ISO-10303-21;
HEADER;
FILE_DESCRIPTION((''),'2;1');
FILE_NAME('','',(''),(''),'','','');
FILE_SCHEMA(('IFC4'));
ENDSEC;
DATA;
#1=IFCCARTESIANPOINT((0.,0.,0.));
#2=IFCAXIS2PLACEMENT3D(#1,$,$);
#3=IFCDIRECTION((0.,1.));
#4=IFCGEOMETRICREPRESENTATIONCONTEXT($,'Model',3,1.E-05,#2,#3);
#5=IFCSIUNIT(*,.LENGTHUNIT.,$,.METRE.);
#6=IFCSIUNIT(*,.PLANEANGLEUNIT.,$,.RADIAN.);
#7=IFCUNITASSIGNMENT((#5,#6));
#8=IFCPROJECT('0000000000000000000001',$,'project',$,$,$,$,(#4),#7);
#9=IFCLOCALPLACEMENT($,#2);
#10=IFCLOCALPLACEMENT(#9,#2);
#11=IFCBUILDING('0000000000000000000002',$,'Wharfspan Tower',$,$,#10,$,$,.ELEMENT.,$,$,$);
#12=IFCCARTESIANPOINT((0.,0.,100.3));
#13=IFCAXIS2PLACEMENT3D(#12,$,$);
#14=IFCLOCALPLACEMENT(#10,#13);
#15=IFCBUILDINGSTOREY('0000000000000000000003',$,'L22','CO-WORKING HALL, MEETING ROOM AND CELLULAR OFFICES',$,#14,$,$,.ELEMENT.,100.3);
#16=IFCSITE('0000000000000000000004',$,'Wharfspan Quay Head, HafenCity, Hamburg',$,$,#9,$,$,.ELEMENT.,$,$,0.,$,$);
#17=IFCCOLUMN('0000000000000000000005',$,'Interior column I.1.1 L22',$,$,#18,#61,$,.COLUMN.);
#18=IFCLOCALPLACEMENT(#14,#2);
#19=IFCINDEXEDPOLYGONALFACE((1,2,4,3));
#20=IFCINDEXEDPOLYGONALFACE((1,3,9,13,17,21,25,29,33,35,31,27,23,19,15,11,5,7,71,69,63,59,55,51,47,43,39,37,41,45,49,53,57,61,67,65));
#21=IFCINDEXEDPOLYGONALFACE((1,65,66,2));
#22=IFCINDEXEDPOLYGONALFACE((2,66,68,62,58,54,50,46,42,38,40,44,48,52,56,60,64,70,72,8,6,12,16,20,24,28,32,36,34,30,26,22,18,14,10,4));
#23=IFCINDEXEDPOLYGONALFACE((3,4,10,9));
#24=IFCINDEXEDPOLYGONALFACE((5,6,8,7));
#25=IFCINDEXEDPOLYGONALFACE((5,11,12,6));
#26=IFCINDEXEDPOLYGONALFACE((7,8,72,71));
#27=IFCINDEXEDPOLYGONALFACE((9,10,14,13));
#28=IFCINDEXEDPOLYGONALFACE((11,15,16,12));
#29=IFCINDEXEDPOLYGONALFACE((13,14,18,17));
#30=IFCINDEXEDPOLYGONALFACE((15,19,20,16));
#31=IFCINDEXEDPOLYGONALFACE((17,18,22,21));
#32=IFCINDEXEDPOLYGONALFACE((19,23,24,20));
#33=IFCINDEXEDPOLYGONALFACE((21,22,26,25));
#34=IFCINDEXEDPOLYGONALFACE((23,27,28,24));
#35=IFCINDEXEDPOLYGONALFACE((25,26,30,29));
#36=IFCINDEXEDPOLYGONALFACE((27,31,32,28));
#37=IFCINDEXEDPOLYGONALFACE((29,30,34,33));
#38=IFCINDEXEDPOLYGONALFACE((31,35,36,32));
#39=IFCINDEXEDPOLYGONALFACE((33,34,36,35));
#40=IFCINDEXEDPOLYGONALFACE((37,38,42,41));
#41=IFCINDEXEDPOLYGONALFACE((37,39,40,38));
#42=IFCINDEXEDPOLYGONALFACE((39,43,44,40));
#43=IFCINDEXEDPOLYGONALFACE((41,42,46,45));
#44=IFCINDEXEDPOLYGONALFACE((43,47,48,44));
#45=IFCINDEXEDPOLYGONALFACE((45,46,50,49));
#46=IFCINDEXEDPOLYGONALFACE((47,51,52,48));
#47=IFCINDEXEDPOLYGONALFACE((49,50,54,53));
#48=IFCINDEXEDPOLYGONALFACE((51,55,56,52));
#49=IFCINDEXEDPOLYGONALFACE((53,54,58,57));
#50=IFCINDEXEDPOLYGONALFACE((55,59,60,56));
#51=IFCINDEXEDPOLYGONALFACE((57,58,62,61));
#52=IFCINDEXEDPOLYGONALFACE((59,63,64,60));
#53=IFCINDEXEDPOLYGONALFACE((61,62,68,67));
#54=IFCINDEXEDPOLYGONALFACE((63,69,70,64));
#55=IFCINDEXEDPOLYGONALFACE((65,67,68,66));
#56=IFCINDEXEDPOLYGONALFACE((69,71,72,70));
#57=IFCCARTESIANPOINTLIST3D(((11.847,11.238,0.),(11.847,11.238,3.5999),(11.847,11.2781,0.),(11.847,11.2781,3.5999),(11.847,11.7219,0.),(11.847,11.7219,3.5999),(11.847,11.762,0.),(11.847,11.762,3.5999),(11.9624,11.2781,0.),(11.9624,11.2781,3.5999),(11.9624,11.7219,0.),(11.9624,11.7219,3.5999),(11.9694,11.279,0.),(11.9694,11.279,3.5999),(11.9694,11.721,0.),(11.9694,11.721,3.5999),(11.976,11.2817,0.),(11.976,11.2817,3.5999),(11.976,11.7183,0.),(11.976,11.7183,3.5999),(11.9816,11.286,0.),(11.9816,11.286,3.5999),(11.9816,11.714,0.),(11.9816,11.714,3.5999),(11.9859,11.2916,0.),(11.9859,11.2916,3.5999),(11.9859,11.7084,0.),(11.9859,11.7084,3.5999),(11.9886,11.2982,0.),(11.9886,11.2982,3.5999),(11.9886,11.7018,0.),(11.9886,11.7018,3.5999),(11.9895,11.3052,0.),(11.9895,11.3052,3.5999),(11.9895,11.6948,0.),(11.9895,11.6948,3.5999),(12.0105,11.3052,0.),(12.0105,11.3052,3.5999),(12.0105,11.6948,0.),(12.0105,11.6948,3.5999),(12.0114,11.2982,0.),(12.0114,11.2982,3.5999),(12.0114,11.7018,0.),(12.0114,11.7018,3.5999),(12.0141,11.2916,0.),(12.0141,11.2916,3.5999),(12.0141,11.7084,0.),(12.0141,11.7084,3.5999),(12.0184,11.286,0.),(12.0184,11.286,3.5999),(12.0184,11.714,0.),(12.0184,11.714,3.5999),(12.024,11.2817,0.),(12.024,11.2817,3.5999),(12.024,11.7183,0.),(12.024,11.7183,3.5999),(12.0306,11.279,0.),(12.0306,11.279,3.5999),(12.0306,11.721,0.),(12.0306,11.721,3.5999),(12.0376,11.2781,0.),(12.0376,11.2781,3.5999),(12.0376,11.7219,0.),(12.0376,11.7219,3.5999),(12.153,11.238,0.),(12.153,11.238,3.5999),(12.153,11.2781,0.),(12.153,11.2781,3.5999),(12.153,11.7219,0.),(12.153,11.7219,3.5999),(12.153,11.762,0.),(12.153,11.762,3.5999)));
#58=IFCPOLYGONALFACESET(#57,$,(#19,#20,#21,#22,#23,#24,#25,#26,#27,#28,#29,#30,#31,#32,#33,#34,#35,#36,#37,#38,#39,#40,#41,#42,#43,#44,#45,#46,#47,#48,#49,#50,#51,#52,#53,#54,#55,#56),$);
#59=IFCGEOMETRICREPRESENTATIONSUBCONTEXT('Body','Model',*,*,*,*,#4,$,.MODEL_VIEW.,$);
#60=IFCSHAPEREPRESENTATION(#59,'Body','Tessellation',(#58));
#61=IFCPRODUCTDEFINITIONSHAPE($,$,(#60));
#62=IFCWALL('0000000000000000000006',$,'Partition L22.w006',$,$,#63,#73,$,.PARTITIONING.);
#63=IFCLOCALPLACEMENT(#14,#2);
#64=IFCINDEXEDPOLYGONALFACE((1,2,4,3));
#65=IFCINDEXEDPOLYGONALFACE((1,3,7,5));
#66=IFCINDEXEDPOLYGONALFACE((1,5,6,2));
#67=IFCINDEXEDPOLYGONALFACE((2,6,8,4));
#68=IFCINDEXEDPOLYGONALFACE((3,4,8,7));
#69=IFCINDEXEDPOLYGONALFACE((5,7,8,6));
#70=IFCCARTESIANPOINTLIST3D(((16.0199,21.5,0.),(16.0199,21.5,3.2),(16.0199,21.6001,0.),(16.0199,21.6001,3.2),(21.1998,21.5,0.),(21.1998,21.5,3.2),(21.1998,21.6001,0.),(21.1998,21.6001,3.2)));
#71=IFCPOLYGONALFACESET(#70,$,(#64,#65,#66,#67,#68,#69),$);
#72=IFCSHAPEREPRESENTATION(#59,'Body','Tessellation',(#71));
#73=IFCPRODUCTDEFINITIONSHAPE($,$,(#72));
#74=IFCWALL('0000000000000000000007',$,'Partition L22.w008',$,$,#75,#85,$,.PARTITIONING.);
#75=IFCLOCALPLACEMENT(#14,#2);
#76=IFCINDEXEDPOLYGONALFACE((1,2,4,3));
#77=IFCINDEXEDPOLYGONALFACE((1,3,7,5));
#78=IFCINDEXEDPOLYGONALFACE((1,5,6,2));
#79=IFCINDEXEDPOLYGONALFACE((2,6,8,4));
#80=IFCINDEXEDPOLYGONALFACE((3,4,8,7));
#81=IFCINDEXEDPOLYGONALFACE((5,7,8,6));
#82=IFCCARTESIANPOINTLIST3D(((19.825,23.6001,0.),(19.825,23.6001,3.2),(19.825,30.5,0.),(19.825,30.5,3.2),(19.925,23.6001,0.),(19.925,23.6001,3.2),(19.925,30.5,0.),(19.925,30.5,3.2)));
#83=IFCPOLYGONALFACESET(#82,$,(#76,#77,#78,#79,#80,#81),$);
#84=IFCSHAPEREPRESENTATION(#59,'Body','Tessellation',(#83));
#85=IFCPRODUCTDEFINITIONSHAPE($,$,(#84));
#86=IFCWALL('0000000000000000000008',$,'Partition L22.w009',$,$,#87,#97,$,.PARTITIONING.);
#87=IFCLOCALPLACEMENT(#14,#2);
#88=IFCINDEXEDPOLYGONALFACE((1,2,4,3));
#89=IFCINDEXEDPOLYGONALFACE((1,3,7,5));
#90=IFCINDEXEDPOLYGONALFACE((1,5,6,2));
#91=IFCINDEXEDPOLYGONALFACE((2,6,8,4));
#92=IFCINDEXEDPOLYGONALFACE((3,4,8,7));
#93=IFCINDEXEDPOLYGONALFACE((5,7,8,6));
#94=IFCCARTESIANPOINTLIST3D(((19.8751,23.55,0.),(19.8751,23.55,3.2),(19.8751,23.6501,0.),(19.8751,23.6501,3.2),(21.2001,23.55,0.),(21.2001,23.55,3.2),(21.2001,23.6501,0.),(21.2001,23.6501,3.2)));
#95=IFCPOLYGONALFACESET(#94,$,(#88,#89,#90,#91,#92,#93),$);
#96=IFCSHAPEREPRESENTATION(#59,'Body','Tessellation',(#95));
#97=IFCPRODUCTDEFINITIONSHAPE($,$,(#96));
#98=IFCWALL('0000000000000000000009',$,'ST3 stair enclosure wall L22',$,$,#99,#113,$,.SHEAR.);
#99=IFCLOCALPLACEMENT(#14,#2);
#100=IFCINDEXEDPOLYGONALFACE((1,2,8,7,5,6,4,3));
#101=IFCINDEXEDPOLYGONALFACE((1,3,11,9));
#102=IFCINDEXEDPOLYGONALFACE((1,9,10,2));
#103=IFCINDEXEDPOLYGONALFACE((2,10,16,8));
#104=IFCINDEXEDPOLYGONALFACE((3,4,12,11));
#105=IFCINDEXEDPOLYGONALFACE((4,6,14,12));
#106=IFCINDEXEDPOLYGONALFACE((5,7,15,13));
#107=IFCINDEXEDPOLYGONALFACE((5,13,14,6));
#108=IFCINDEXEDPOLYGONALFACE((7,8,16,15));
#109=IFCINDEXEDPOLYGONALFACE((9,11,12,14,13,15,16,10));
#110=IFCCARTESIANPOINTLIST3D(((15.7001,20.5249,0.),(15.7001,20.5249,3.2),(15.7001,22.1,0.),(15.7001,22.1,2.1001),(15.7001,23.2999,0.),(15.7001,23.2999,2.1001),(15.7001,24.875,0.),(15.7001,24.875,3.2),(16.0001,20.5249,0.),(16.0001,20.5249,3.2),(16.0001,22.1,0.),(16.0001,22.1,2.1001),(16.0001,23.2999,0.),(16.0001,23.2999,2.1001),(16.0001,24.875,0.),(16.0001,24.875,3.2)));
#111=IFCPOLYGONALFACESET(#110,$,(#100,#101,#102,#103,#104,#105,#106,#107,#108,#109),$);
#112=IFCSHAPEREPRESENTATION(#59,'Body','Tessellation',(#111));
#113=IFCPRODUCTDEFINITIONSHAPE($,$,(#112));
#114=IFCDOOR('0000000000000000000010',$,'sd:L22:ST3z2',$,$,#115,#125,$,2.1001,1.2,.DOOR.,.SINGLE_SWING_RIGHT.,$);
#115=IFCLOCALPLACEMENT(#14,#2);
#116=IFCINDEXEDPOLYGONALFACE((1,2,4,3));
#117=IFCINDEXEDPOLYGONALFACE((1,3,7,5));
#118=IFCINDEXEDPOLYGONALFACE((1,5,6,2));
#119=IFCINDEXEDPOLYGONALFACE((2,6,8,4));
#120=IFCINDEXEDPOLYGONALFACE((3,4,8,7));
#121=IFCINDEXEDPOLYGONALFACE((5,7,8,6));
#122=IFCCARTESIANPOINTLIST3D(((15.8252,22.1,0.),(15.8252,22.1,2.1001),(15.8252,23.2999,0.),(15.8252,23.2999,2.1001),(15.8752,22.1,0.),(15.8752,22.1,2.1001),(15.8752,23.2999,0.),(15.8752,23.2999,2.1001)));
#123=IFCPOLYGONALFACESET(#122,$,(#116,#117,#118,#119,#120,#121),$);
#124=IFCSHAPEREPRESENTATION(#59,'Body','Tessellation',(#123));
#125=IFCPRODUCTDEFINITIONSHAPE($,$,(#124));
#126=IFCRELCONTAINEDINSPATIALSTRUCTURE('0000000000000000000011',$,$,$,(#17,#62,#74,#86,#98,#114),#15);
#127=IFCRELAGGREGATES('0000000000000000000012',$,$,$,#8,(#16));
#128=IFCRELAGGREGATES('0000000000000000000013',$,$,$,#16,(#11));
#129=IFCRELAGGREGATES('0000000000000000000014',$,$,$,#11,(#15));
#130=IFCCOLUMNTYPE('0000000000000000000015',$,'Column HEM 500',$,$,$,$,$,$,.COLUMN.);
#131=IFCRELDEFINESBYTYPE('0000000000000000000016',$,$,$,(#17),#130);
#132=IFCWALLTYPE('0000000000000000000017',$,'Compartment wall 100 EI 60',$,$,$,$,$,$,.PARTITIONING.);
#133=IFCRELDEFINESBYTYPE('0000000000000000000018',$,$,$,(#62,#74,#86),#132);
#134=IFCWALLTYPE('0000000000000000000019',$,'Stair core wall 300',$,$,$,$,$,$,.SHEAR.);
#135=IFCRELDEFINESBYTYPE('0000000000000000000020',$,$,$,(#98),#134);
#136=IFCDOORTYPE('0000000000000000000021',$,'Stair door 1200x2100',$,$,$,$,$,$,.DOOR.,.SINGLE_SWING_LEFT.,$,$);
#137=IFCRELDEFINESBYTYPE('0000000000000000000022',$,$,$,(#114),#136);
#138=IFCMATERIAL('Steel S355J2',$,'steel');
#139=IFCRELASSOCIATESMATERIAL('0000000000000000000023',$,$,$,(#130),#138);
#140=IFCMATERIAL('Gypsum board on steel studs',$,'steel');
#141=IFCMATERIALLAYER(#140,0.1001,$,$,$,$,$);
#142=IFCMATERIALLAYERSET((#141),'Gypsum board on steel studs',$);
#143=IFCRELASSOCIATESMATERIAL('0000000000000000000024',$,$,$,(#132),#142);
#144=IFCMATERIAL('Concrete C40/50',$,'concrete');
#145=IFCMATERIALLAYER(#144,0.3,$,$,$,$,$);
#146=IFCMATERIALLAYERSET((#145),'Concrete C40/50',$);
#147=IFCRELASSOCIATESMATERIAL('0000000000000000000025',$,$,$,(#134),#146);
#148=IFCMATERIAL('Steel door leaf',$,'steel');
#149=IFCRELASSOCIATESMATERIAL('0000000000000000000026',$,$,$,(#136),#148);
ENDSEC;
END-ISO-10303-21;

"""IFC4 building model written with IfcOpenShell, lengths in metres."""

from ifc_helpers import new_model, si_unit, direction, frame, frame_2d, origin, origin_2d, place, context, subcontext, project, spatial, rectangle, i_section, extrude, material, layer, layer_set, material_profile, profile_set, type_object, element, fill, save


model = new_model("IFC4")

# Units and contexts
model_context = context("Model", 3, precision=1e-05, world=origin(), true_north=direction((0.0, 1.0)))
body_context = subcontext(model_context, "Body", "Model", "MODEL_VIEW")
ifc_project = project(units=[si_unit("LENGTHUNIT", "METRE"), si_unit("PLANEANGLEUNIT", "RADIAN")], contexts=[model_context])

# Site, building, storey
site_placement = place(None, origin())
site = spatial("IfcSite", under=ifc_project, at=site_placement, Name="Wharfspan Quay Head, HafenCity, Hamburg", CompositionType="ELEMENT", RefElevation=0.0)
building_placement = place(site_placement, origin())
building = spatial("IfcBuilding", under=site, at=building_placement, Name="Wharfspan Tower", CompositionType="ELEMENT")
storey_placement = place(building_placement, frame((0.0, 0.0, 100.3)))
storey = spatial("IfcBuildingStorey", under=building, at=storey_placement, Name="L22", Description="CO-WORKING HALL, MEETING ROOM AND CELLULAR OFFICES", CompositionType="ELEMENT", Elevation=100.3)

# Column
ifc_material_1 = material(Name="Steel S355J2", Category="steel")
ifc_material_profile = material_profile(ifc_material_1, i_section(OverallWidth=0.3059, OverallDepth=0.5239, WebThickness=0.021, FlangeThickness=0.04, FilletRadius=0.0271, at=origin_2d()))
ifc_profile_set = profile_set([ifc_material_profile], Name="Steel S355J2")
column_type = type_object("IfcColumnType", Name="Column HEM 500", PredefinedType="COLUMN", material=ifc_profile_set)
column_placement = place(storey_placement, frame((12.0, 11.5, 0.0), z_axis=(0.0, 0.0, 1.0), x_axis=(1.0, 0.0, 0.0)))
element("IfcColumn", 1, at=column_placement, inside=storey, type_object=column_type, Name="Interior column I.1.1 L22", PredefinedType="COLUMN", context=body_context, shape_type="SweptSolid", body=[
    extrude(i_section(OverallWidth=0.3059, OverallDepth=0.5239, WebThickness=0.021, FlangeThickness=0.04, FilletRadius=0.0271, at=origin_2d()), origin(), (0.0, 0.0, 1.0), 3.5999),
])

# Walls
ifc_material_2 = material(Name="Gypsum board on steel studs", Category="steel")
ifc_layer_1 = layer(ifc_material_2, 0.1001)
ifc_layer_set_1 = layer_set([ifc_layer_1], Name="Gypsum board on steel studs")
wall_type_1 = type_object("IfcWallType", Name="Compartment wall 100 EI 60", PredefinedType="PARTITIONING", material=ifc_layer_set_1)
wall_1_placement = place(storey_placement, frame((16.02, 21.55, 0.0), z_axis=(0.0, 0.0, 1.0), x_axis=(1.0, 0.0, 0.0)))
element("IfcWall", 2, at=wall_1_placement, inside=storey, type_object=wall_type_1, Name="Partition L22.w006", PredefinedType="PARTITIONING", context=body_context, shape_type="SweptSolid", body=[
    extrude(rectangle(XDim=5.1799, YDim=0.1001, at=frame_2d((2.5898, 0.0))), origin(), (0.0, 0.0, 1.0), 3.2),
])
wall_2_placement = place(storey_placement, frame((19.875, 23.6001, 0.0), z_axis=(0.0, 0.0, 1.0), x_axis=(0.0, 1.0, 0.0)))
element("IfcWall", 3, at=wall_2_placement, inside=storey, type_object=wall_type_1, Name="Partition L22.w008", PredefinedType="PARTITIONING", context=body_context, shape_type="SweptSolid", body=[
    extrude(rectangle(XDim=6.8999, YDim=0.1001, at=frame_2d((3.45, 0.0))), origin(), (0.0, 0.0, 1.0), 3.2),
])
wall_3_placement = place(storey_placement, frame((19.875, 23.6001, 0.0), z_axis=(0.0, 0.0, 1.0), x_axis=(1.0, 0.0, 0.0)))
element("IfcWall", 4, at=wall_3_placement, inside=storey, type_object=wall_type_1, Name="Partition L22.w009", PredefinedType="PARTITIONING", context=body_context, shape_type="SweptSolid", body=[
    extrude(rectangle(XDim=1.325, YDim=0.1001, at=frame_2d((0.6626, 0.0))), origin(), (0.0, 0.0, 1.0), 3.2),
])

# Wall, opening, door
ifc_material_3 = material(Name="Concrete C40/50", Category="concrete")
ifc_layer_2 = layer(ifc_material_3, 0.3)
ifc_layer_set_2 = layer_set([ifc_layer_2], Name="Concrete C40/50")
wall_type_2 = type_object("IfcWallType", Name="Stair core wall 300", PredefinedType="SHEAR", material=ifc_layer_set_2)
wall_4_placement = place(storey_placement, frame((15.8501, 20.5249, 0.0), z_axis=(0.0, 0.0, 1.0), x_axis=(0.0, 1.0, 0.0)))
wall_4 = element("IfcWall", 5, at=wall_4_placement, inside=storey, type_object=wall_type_2, Name="ST3 stair enclosure wall L22", PredefinedType="SHEAR", context=body_context, shape_type="SweptSolid", body=[
    extrude(rectangle(XDim=4.3501, YDim=0.3, at=frame_2d((2.175, 0.0))), origin(), (0.0, 0.0, 1.0), 3.2),
])
opening_placement = place(wall_4_placement, frame((1.575, 0.0, 0.0)))
opening = element("IfcOpeningElement", 6, at=opening_placement, cuts=wall_4, PredefinedType="OPENING", context=body_context, shape_type="SweptSolid", body=[
    extrude(rectangle(XDim=1.2, YDim=2.1001, at=frame_2d((0.6001, 1.05))), frame((0.0, 0.1599, 0.0), z_axis=(0.0, -1.0, 0.0), x_axis=(1.0, 0.0, 0.0)), (0.0, 0.0, 1.0), 0.3201),
])
ifc_material_4 = material(Name="Steel door leaf", Category="steel")
door_type = type_object("IfcDoorType", Name="Stair door 1200x2100", OperationType="SINGLE_SWING_LEFT", PredefinedType="DOOR", material=ifc_material_4)
door_placement = place(opening_placement, origin())
door = element("IfcDoor", 7, at=door_placement, inside=storey, type_object=door_type, Name="sd:L22:ST3z2", OperationType="SINGLE_SWING_RIGHT", OverallHeight=2.1001, OverallWidth=1.2, PredefinedType="DOOR", context=body_context, shape_type="SweptSolid", body=[
    extrude(rectangle(XDim=1.2, YDim=2.1001, at=frame_2d((0.6001, 1.05))), frame((0.0, 0.0249, 0.0), z_axis=(0.0, -1.0, 0.0), x_axis=(1.0, 0.0, 0.0)), (0.0, 0.0, 1.0), 0.05),
])
fill(opening, door)

save(model, "model.ifc")
